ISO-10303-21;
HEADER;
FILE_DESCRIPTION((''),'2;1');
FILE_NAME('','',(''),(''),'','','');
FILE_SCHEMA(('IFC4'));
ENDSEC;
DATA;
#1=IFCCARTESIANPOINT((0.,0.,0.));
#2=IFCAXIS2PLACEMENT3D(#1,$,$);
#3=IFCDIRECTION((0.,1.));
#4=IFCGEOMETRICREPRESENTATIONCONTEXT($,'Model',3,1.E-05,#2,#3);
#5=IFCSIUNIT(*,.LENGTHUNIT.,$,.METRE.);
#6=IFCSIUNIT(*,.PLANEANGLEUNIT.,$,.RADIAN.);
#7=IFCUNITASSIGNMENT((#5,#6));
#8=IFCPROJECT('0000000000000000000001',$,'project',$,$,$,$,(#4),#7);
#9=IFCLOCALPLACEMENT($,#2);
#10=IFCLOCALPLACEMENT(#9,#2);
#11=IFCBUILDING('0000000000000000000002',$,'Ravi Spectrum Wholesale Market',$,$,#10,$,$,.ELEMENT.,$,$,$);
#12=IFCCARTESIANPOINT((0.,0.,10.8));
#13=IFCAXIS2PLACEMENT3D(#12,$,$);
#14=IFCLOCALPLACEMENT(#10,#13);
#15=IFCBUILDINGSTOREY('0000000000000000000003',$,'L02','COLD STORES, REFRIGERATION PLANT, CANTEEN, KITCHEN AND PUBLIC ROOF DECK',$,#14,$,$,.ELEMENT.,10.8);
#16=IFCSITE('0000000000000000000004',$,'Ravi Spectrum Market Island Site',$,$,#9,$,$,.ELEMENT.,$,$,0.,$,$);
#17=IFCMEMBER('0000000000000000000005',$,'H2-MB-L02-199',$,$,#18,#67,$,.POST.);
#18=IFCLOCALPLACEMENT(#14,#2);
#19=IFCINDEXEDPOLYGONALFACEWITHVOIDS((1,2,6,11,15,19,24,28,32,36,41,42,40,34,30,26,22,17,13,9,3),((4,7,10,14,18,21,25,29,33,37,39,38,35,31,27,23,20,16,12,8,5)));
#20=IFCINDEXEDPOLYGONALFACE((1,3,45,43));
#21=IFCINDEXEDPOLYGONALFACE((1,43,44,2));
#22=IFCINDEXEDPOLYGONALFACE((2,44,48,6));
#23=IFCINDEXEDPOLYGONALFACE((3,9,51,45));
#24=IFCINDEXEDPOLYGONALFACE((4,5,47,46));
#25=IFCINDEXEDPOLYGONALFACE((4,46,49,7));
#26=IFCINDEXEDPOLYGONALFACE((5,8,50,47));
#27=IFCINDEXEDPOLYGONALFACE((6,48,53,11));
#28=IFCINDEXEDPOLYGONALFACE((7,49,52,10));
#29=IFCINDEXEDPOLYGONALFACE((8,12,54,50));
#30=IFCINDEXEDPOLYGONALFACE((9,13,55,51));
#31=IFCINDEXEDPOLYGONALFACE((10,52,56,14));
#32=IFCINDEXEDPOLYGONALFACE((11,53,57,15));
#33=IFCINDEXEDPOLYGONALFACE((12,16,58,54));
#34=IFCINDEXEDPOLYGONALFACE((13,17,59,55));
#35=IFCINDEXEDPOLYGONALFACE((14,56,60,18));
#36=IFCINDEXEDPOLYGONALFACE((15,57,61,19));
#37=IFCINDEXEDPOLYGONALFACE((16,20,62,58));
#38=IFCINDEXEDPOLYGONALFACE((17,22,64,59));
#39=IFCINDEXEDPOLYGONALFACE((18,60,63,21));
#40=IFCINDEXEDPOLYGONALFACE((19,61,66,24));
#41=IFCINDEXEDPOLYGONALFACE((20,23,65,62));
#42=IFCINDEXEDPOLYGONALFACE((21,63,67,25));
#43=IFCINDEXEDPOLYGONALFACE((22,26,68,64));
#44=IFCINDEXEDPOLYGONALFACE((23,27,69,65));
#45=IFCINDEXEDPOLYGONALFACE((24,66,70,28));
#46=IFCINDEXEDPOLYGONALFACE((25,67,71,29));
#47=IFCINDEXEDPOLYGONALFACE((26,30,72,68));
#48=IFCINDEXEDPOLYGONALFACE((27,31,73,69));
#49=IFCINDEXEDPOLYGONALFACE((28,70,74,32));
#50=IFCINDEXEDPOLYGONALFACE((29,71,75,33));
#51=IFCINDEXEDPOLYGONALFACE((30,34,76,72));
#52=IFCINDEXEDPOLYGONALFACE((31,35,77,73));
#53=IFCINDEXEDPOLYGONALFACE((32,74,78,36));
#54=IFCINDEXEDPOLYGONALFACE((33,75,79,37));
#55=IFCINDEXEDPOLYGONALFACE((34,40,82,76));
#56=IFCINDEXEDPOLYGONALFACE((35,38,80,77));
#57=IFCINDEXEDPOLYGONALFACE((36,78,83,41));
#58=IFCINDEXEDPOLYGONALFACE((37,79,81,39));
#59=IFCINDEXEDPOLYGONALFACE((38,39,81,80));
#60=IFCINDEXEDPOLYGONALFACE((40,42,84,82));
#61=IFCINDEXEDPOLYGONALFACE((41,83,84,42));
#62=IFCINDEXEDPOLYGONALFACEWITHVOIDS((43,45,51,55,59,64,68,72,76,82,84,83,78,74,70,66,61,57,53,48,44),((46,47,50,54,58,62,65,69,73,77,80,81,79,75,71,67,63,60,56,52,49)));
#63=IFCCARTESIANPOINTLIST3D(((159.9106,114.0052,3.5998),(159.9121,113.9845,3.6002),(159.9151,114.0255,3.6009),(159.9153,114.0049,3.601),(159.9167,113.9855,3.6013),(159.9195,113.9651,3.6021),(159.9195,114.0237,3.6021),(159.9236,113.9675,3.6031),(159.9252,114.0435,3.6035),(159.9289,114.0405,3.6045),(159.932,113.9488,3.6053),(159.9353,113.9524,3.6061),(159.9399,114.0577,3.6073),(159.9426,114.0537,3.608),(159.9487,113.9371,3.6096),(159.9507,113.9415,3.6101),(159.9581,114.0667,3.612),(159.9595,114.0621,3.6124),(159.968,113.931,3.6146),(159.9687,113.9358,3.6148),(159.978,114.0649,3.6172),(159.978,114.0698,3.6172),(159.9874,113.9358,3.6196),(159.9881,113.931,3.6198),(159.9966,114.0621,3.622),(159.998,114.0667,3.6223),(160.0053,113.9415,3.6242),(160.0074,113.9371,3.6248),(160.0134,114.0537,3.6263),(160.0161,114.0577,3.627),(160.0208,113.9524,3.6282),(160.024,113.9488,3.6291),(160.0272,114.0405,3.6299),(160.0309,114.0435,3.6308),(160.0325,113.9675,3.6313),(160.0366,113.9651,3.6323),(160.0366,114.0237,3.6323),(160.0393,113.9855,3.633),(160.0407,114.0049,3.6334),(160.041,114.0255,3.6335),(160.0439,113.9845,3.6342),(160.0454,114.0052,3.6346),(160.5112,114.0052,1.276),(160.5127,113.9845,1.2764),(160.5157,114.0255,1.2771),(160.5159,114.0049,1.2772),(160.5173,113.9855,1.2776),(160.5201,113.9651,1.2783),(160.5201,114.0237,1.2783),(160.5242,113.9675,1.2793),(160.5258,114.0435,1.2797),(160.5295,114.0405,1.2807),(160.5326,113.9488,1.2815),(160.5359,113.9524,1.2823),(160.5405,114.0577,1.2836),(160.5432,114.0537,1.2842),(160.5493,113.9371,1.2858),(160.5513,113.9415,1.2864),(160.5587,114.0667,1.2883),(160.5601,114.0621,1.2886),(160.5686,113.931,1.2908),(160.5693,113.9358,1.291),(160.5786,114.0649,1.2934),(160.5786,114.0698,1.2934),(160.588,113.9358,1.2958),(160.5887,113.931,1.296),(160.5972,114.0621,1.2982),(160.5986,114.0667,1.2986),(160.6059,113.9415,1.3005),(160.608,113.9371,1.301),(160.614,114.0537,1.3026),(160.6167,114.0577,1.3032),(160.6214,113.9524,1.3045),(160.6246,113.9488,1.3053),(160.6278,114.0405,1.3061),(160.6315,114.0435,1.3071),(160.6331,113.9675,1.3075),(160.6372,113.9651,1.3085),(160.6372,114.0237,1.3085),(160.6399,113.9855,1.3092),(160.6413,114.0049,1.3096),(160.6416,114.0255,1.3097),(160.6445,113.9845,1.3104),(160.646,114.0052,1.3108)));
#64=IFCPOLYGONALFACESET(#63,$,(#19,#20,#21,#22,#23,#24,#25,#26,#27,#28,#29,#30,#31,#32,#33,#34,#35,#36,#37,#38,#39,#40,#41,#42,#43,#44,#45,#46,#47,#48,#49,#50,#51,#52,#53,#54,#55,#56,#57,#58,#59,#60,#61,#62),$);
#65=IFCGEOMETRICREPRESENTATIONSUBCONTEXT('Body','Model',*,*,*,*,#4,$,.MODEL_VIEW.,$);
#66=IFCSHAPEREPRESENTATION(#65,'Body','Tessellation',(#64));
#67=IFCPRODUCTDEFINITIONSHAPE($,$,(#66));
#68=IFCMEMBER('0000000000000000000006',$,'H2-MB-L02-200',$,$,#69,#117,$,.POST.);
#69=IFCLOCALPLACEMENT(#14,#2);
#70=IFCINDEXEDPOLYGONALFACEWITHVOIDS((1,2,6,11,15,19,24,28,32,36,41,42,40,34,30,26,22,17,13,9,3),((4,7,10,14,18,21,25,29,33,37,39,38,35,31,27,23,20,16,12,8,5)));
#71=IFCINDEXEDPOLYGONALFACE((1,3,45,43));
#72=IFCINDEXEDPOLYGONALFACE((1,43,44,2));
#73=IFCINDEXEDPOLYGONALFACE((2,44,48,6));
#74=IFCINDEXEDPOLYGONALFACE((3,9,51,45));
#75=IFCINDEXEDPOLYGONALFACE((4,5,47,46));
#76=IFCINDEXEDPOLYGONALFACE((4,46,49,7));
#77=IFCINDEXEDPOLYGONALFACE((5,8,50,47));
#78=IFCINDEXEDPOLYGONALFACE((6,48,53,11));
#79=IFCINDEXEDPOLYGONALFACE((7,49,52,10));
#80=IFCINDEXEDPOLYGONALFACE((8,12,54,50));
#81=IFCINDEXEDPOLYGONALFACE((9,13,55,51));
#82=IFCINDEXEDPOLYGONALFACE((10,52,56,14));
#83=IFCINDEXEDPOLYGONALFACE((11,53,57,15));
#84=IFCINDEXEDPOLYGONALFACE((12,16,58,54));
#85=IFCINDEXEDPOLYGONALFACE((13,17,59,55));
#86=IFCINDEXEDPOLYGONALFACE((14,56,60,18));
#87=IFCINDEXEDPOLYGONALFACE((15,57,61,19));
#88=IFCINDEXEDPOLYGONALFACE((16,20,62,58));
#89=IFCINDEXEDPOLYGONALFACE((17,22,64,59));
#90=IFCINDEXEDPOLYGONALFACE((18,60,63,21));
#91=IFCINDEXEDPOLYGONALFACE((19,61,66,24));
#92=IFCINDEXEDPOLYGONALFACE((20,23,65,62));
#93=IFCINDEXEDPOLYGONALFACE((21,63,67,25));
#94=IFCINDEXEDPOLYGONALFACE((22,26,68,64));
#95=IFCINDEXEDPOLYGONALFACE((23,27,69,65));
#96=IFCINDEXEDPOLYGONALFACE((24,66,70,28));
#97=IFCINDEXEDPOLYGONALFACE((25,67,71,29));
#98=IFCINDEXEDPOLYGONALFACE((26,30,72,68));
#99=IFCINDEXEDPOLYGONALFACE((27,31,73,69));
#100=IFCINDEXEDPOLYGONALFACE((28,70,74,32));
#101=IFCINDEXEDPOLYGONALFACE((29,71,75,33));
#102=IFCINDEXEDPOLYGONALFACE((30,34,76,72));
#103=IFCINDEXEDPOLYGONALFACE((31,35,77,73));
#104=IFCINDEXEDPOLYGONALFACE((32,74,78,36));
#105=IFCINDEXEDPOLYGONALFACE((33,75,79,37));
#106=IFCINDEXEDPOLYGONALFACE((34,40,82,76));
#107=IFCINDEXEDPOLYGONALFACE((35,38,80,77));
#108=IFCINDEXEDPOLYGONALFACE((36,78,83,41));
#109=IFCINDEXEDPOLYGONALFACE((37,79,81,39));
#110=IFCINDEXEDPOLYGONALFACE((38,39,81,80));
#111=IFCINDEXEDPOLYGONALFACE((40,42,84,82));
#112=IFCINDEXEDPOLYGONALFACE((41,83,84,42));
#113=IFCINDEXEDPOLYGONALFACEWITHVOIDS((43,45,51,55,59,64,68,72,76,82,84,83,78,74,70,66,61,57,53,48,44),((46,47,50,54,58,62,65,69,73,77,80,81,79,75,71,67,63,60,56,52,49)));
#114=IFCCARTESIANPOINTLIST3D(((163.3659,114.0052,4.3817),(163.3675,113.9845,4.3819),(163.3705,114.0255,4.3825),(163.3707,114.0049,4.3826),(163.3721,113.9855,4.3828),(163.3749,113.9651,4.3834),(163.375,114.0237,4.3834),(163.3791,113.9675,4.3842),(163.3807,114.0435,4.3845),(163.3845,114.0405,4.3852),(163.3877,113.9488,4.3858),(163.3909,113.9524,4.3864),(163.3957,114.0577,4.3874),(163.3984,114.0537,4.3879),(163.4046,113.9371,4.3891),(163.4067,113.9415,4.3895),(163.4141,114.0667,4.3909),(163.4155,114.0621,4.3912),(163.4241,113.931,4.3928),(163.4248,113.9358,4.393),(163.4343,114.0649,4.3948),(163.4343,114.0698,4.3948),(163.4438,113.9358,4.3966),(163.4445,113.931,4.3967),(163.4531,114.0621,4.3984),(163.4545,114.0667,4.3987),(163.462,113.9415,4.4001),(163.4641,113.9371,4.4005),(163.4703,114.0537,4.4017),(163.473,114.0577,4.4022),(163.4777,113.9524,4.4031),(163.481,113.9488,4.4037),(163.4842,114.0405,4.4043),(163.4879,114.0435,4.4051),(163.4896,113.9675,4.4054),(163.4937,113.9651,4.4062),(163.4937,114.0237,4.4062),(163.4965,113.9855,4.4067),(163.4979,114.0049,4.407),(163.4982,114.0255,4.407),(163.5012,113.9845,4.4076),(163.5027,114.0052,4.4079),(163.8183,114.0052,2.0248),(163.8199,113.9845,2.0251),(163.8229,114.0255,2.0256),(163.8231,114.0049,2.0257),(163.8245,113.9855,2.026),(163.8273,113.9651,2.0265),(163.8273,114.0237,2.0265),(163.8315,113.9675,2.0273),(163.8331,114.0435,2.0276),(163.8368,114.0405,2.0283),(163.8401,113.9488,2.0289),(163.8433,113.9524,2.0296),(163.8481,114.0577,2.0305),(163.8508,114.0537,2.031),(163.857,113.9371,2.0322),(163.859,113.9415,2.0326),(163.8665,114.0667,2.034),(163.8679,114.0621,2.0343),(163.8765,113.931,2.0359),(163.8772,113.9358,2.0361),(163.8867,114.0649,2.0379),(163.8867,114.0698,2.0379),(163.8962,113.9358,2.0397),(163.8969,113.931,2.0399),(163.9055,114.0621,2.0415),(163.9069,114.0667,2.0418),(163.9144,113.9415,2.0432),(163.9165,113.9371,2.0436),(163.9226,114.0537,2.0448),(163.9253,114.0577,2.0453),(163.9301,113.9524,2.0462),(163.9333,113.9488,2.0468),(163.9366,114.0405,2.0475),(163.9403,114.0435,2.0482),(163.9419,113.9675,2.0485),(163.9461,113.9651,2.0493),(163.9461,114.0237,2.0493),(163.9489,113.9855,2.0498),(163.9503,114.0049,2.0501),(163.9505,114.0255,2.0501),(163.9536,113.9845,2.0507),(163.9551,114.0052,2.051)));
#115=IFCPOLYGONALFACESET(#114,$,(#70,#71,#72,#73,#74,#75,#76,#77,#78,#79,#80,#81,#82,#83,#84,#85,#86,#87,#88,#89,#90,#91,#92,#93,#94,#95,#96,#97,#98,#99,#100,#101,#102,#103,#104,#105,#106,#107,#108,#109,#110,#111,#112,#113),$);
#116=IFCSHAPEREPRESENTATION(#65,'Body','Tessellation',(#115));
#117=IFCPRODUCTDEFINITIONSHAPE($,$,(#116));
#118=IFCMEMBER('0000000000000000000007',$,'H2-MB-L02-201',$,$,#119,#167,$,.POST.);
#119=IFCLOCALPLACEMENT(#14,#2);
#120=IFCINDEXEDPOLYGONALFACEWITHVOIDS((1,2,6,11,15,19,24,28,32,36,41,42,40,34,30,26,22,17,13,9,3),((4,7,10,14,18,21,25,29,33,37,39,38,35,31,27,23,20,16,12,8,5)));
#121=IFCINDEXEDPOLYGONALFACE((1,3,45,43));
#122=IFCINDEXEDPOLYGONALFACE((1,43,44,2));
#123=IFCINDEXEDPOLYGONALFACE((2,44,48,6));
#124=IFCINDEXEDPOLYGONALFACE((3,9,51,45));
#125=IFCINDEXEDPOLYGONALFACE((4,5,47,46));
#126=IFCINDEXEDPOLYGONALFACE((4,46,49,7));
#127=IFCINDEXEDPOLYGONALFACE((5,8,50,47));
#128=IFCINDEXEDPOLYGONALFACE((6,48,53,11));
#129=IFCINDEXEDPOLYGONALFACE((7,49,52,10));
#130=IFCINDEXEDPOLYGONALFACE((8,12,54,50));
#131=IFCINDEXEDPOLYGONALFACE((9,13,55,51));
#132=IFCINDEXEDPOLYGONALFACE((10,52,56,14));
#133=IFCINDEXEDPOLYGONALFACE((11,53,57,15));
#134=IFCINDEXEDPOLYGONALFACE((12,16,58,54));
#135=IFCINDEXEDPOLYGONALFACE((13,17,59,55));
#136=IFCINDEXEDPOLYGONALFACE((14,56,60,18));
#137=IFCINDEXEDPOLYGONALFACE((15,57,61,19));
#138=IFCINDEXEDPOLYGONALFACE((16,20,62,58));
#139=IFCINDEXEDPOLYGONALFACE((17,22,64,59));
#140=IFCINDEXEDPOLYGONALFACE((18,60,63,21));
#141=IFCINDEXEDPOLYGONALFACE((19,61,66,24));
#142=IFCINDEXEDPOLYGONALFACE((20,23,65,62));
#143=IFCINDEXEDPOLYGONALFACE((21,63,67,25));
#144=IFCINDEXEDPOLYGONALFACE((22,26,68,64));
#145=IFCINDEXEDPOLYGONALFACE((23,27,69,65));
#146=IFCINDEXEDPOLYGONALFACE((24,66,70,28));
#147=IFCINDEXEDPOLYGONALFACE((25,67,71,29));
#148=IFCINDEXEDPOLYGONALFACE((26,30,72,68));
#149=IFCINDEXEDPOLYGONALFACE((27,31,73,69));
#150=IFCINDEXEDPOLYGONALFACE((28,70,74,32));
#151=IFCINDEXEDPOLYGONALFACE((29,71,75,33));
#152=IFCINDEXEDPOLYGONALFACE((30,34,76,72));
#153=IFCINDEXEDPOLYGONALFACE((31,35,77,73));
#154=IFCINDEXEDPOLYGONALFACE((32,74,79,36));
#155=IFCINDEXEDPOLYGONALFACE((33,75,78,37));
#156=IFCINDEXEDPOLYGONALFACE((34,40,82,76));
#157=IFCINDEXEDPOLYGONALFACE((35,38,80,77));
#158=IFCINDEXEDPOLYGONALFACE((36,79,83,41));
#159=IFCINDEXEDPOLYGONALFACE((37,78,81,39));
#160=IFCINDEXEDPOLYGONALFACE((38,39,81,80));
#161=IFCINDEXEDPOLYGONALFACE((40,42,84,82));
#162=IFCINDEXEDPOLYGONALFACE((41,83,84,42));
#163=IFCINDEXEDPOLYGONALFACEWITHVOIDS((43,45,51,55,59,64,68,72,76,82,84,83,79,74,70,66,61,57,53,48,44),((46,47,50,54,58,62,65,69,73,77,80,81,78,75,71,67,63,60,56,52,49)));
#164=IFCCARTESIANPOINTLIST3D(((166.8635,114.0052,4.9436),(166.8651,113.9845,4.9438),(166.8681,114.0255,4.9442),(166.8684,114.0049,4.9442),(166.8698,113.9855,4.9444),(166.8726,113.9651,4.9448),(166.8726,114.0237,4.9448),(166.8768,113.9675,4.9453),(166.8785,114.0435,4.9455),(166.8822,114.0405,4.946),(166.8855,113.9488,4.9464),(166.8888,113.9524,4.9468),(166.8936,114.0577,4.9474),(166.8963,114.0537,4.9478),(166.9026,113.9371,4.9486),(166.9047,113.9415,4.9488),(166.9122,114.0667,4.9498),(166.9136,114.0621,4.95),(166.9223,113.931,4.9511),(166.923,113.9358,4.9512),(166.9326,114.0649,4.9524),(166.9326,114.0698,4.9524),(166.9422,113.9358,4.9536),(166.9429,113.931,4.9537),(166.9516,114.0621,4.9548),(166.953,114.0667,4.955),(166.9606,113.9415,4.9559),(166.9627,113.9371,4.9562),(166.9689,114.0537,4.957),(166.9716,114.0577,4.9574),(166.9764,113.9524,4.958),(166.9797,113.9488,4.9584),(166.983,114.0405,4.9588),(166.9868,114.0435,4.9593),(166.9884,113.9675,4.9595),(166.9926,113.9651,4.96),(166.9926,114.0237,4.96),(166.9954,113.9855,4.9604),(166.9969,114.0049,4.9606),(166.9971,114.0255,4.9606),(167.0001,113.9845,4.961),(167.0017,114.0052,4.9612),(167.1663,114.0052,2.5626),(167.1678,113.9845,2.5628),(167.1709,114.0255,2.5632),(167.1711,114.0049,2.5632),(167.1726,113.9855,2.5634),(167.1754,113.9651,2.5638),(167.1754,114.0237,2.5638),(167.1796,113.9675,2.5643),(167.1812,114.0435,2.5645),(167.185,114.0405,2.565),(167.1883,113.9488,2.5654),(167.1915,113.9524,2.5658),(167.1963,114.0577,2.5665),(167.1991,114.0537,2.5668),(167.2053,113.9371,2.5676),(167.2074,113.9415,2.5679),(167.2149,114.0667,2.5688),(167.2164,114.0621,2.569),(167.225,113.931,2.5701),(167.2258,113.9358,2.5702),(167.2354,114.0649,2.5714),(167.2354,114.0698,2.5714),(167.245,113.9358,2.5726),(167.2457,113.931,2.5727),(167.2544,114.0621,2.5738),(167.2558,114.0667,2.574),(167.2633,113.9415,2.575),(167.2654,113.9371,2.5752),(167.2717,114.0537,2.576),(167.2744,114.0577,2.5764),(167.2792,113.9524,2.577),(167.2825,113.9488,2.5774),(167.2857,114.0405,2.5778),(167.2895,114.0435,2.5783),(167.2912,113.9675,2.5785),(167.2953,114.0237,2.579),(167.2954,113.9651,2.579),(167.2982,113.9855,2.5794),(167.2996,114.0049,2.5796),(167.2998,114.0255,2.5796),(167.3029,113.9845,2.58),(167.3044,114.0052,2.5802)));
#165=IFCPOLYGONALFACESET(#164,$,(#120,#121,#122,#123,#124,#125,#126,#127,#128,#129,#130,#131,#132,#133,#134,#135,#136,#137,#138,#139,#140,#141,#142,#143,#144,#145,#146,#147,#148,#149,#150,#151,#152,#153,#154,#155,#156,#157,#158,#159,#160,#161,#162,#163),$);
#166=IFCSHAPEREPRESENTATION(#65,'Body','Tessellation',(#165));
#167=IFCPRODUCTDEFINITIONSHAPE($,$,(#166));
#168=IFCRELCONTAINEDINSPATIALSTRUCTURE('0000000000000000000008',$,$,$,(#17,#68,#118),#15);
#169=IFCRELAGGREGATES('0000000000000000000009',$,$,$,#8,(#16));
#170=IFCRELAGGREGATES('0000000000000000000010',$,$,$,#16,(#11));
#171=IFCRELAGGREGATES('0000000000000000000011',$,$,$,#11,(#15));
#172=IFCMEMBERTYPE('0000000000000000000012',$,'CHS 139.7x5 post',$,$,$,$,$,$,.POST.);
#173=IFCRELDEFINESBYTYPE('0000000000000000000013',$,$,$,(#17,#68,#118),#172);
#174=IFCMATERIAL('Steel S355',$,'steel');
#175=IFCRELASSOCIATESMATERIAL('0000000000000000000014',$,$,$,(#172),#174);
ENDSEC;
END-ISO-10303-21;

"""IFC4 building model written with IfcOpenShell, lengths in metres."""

from ifc_helpers import new_model, si_unit, direction, frame, origin, origin_2d, place, context, subcontext, project, spatial, hollow_circle, extrude, material, material_profile, profile_set, type_object, element, save


model = new_model("IFC4")

# Units and contexts
model_context = context("Model", 3, precision=1e-05, world=origin(), true_north=direction((0.0, 1.0)))
body_context = subcontext(model_context, "Body", "Model", "MODEL_VIEW")
ifc_project = project(units=[si_unit("LENGTHUNIT", "METRE"), si_unit("PLANEANGLEUNIT", "RADIAN")], contexts=[model_context])

# Site, building, storey
site_placement = place(None, origin())
site = spatial("IfcSite", under=ifc_project, at=site_placement, Name="Ravi Spectrum Market Island Site", CompositionType="ELEMENT", RefElevation=0.0)
building_placement = place(site_placement, origin())
building = spatial("IfcBuilding", under=site, at=building_placement, Name="Ravi Spectrum Wholesale Market", CompositionType="ELEMENT")
storey_placement = place(building_placement, frame((0.0, 0.0, 10.8)))
storey = spatial("IfcBuildingStorey", under=building, at=storey_placement, Name="L02", Description="COLD STORES, REFRIGERATION PLANT, CANTEEN, KITCHEN AND PUBLIC ROOF DECK", CompositionType="ELEMENT", Elevation=10.8)

# Members
ifc_material_1 = material(Name="Steel S355", Category="steel")
ifc_material_profile_1 = material_profile(ifc_material_1, hollow_circle(Radius=0.0698, WallThickness=0.0049, at=origin_2d()))
ifc_profile_set_1 = profile_set([ifc_material_profile_1], Name="Steel S355")
member_type_1 = type_object("IfcMemberType", Name="CHS 139.7x5 post", PredefinedType="POST", material=ifc_profile_set_1)
member_1_placement = place(storey_placement, frame((159.978, 114.0, 3.6172), z_axis=(0.250235, 0.0, -0.968185), x_axis=(0.0, 1.0, 0.0)))
element("IfcMember", 1, at=member_1_placement, inside=storey, type_object=member_type_1, Name="H2-MB-L02-199", PredefinedType="POST", context=body_context, shape_type="SweptSolid", body=[
    extrude(hollow_circle(Radius=0.0698, WallThickness=0.0049, at=origin_2d()), origin(), (0.0, 0.0, 1.0), 2.4001),
])
member_2_placement = place(storey_placement, frame((163.4343, 114.0, 4.3948), z_axis=(0.1885, 0.0, -0.982073), x_axis=(0.0, 1.0, 0.0)))
element("IfcMember", 2, at=member_2_placement, inside=storey, type_object=member_type_1, Name="H2-MB-L02-200", PredefinedType="POST", context=body_context, shape_type="SweptSolid", body=[
    extrude(hollow_circle(Radius=0.0698, WallThickness=0.0049, at=origin_2d()), origin(), (0.0, 0.0, 1.0), 2.3999),
])
for number, where, z_axis, x_axis, name in (
    (3, (166.9326, 114.0, 4.9524), (0.126138, 0.0, -0.992013), (0.0, 1.0, 0.0), "H2-MB-L02-201"),
):
    element("IfcMember", number, at=place(storey_placement, frame(where, z_axis=z_axis, x_axis=x_axis)), inside=storey, type_object=member_type_1, Name=name, PredefinedType="POST", context=body_context, shape_type="SweptSolid", body=[
        extrude(hollow_circle(Radius=0.0698, WallThickness=0.0049, at=origin_2d()), origin(), (0.0, 0.0, 1.0), 2.4001),
    ])

save(model, "model.ifc")
